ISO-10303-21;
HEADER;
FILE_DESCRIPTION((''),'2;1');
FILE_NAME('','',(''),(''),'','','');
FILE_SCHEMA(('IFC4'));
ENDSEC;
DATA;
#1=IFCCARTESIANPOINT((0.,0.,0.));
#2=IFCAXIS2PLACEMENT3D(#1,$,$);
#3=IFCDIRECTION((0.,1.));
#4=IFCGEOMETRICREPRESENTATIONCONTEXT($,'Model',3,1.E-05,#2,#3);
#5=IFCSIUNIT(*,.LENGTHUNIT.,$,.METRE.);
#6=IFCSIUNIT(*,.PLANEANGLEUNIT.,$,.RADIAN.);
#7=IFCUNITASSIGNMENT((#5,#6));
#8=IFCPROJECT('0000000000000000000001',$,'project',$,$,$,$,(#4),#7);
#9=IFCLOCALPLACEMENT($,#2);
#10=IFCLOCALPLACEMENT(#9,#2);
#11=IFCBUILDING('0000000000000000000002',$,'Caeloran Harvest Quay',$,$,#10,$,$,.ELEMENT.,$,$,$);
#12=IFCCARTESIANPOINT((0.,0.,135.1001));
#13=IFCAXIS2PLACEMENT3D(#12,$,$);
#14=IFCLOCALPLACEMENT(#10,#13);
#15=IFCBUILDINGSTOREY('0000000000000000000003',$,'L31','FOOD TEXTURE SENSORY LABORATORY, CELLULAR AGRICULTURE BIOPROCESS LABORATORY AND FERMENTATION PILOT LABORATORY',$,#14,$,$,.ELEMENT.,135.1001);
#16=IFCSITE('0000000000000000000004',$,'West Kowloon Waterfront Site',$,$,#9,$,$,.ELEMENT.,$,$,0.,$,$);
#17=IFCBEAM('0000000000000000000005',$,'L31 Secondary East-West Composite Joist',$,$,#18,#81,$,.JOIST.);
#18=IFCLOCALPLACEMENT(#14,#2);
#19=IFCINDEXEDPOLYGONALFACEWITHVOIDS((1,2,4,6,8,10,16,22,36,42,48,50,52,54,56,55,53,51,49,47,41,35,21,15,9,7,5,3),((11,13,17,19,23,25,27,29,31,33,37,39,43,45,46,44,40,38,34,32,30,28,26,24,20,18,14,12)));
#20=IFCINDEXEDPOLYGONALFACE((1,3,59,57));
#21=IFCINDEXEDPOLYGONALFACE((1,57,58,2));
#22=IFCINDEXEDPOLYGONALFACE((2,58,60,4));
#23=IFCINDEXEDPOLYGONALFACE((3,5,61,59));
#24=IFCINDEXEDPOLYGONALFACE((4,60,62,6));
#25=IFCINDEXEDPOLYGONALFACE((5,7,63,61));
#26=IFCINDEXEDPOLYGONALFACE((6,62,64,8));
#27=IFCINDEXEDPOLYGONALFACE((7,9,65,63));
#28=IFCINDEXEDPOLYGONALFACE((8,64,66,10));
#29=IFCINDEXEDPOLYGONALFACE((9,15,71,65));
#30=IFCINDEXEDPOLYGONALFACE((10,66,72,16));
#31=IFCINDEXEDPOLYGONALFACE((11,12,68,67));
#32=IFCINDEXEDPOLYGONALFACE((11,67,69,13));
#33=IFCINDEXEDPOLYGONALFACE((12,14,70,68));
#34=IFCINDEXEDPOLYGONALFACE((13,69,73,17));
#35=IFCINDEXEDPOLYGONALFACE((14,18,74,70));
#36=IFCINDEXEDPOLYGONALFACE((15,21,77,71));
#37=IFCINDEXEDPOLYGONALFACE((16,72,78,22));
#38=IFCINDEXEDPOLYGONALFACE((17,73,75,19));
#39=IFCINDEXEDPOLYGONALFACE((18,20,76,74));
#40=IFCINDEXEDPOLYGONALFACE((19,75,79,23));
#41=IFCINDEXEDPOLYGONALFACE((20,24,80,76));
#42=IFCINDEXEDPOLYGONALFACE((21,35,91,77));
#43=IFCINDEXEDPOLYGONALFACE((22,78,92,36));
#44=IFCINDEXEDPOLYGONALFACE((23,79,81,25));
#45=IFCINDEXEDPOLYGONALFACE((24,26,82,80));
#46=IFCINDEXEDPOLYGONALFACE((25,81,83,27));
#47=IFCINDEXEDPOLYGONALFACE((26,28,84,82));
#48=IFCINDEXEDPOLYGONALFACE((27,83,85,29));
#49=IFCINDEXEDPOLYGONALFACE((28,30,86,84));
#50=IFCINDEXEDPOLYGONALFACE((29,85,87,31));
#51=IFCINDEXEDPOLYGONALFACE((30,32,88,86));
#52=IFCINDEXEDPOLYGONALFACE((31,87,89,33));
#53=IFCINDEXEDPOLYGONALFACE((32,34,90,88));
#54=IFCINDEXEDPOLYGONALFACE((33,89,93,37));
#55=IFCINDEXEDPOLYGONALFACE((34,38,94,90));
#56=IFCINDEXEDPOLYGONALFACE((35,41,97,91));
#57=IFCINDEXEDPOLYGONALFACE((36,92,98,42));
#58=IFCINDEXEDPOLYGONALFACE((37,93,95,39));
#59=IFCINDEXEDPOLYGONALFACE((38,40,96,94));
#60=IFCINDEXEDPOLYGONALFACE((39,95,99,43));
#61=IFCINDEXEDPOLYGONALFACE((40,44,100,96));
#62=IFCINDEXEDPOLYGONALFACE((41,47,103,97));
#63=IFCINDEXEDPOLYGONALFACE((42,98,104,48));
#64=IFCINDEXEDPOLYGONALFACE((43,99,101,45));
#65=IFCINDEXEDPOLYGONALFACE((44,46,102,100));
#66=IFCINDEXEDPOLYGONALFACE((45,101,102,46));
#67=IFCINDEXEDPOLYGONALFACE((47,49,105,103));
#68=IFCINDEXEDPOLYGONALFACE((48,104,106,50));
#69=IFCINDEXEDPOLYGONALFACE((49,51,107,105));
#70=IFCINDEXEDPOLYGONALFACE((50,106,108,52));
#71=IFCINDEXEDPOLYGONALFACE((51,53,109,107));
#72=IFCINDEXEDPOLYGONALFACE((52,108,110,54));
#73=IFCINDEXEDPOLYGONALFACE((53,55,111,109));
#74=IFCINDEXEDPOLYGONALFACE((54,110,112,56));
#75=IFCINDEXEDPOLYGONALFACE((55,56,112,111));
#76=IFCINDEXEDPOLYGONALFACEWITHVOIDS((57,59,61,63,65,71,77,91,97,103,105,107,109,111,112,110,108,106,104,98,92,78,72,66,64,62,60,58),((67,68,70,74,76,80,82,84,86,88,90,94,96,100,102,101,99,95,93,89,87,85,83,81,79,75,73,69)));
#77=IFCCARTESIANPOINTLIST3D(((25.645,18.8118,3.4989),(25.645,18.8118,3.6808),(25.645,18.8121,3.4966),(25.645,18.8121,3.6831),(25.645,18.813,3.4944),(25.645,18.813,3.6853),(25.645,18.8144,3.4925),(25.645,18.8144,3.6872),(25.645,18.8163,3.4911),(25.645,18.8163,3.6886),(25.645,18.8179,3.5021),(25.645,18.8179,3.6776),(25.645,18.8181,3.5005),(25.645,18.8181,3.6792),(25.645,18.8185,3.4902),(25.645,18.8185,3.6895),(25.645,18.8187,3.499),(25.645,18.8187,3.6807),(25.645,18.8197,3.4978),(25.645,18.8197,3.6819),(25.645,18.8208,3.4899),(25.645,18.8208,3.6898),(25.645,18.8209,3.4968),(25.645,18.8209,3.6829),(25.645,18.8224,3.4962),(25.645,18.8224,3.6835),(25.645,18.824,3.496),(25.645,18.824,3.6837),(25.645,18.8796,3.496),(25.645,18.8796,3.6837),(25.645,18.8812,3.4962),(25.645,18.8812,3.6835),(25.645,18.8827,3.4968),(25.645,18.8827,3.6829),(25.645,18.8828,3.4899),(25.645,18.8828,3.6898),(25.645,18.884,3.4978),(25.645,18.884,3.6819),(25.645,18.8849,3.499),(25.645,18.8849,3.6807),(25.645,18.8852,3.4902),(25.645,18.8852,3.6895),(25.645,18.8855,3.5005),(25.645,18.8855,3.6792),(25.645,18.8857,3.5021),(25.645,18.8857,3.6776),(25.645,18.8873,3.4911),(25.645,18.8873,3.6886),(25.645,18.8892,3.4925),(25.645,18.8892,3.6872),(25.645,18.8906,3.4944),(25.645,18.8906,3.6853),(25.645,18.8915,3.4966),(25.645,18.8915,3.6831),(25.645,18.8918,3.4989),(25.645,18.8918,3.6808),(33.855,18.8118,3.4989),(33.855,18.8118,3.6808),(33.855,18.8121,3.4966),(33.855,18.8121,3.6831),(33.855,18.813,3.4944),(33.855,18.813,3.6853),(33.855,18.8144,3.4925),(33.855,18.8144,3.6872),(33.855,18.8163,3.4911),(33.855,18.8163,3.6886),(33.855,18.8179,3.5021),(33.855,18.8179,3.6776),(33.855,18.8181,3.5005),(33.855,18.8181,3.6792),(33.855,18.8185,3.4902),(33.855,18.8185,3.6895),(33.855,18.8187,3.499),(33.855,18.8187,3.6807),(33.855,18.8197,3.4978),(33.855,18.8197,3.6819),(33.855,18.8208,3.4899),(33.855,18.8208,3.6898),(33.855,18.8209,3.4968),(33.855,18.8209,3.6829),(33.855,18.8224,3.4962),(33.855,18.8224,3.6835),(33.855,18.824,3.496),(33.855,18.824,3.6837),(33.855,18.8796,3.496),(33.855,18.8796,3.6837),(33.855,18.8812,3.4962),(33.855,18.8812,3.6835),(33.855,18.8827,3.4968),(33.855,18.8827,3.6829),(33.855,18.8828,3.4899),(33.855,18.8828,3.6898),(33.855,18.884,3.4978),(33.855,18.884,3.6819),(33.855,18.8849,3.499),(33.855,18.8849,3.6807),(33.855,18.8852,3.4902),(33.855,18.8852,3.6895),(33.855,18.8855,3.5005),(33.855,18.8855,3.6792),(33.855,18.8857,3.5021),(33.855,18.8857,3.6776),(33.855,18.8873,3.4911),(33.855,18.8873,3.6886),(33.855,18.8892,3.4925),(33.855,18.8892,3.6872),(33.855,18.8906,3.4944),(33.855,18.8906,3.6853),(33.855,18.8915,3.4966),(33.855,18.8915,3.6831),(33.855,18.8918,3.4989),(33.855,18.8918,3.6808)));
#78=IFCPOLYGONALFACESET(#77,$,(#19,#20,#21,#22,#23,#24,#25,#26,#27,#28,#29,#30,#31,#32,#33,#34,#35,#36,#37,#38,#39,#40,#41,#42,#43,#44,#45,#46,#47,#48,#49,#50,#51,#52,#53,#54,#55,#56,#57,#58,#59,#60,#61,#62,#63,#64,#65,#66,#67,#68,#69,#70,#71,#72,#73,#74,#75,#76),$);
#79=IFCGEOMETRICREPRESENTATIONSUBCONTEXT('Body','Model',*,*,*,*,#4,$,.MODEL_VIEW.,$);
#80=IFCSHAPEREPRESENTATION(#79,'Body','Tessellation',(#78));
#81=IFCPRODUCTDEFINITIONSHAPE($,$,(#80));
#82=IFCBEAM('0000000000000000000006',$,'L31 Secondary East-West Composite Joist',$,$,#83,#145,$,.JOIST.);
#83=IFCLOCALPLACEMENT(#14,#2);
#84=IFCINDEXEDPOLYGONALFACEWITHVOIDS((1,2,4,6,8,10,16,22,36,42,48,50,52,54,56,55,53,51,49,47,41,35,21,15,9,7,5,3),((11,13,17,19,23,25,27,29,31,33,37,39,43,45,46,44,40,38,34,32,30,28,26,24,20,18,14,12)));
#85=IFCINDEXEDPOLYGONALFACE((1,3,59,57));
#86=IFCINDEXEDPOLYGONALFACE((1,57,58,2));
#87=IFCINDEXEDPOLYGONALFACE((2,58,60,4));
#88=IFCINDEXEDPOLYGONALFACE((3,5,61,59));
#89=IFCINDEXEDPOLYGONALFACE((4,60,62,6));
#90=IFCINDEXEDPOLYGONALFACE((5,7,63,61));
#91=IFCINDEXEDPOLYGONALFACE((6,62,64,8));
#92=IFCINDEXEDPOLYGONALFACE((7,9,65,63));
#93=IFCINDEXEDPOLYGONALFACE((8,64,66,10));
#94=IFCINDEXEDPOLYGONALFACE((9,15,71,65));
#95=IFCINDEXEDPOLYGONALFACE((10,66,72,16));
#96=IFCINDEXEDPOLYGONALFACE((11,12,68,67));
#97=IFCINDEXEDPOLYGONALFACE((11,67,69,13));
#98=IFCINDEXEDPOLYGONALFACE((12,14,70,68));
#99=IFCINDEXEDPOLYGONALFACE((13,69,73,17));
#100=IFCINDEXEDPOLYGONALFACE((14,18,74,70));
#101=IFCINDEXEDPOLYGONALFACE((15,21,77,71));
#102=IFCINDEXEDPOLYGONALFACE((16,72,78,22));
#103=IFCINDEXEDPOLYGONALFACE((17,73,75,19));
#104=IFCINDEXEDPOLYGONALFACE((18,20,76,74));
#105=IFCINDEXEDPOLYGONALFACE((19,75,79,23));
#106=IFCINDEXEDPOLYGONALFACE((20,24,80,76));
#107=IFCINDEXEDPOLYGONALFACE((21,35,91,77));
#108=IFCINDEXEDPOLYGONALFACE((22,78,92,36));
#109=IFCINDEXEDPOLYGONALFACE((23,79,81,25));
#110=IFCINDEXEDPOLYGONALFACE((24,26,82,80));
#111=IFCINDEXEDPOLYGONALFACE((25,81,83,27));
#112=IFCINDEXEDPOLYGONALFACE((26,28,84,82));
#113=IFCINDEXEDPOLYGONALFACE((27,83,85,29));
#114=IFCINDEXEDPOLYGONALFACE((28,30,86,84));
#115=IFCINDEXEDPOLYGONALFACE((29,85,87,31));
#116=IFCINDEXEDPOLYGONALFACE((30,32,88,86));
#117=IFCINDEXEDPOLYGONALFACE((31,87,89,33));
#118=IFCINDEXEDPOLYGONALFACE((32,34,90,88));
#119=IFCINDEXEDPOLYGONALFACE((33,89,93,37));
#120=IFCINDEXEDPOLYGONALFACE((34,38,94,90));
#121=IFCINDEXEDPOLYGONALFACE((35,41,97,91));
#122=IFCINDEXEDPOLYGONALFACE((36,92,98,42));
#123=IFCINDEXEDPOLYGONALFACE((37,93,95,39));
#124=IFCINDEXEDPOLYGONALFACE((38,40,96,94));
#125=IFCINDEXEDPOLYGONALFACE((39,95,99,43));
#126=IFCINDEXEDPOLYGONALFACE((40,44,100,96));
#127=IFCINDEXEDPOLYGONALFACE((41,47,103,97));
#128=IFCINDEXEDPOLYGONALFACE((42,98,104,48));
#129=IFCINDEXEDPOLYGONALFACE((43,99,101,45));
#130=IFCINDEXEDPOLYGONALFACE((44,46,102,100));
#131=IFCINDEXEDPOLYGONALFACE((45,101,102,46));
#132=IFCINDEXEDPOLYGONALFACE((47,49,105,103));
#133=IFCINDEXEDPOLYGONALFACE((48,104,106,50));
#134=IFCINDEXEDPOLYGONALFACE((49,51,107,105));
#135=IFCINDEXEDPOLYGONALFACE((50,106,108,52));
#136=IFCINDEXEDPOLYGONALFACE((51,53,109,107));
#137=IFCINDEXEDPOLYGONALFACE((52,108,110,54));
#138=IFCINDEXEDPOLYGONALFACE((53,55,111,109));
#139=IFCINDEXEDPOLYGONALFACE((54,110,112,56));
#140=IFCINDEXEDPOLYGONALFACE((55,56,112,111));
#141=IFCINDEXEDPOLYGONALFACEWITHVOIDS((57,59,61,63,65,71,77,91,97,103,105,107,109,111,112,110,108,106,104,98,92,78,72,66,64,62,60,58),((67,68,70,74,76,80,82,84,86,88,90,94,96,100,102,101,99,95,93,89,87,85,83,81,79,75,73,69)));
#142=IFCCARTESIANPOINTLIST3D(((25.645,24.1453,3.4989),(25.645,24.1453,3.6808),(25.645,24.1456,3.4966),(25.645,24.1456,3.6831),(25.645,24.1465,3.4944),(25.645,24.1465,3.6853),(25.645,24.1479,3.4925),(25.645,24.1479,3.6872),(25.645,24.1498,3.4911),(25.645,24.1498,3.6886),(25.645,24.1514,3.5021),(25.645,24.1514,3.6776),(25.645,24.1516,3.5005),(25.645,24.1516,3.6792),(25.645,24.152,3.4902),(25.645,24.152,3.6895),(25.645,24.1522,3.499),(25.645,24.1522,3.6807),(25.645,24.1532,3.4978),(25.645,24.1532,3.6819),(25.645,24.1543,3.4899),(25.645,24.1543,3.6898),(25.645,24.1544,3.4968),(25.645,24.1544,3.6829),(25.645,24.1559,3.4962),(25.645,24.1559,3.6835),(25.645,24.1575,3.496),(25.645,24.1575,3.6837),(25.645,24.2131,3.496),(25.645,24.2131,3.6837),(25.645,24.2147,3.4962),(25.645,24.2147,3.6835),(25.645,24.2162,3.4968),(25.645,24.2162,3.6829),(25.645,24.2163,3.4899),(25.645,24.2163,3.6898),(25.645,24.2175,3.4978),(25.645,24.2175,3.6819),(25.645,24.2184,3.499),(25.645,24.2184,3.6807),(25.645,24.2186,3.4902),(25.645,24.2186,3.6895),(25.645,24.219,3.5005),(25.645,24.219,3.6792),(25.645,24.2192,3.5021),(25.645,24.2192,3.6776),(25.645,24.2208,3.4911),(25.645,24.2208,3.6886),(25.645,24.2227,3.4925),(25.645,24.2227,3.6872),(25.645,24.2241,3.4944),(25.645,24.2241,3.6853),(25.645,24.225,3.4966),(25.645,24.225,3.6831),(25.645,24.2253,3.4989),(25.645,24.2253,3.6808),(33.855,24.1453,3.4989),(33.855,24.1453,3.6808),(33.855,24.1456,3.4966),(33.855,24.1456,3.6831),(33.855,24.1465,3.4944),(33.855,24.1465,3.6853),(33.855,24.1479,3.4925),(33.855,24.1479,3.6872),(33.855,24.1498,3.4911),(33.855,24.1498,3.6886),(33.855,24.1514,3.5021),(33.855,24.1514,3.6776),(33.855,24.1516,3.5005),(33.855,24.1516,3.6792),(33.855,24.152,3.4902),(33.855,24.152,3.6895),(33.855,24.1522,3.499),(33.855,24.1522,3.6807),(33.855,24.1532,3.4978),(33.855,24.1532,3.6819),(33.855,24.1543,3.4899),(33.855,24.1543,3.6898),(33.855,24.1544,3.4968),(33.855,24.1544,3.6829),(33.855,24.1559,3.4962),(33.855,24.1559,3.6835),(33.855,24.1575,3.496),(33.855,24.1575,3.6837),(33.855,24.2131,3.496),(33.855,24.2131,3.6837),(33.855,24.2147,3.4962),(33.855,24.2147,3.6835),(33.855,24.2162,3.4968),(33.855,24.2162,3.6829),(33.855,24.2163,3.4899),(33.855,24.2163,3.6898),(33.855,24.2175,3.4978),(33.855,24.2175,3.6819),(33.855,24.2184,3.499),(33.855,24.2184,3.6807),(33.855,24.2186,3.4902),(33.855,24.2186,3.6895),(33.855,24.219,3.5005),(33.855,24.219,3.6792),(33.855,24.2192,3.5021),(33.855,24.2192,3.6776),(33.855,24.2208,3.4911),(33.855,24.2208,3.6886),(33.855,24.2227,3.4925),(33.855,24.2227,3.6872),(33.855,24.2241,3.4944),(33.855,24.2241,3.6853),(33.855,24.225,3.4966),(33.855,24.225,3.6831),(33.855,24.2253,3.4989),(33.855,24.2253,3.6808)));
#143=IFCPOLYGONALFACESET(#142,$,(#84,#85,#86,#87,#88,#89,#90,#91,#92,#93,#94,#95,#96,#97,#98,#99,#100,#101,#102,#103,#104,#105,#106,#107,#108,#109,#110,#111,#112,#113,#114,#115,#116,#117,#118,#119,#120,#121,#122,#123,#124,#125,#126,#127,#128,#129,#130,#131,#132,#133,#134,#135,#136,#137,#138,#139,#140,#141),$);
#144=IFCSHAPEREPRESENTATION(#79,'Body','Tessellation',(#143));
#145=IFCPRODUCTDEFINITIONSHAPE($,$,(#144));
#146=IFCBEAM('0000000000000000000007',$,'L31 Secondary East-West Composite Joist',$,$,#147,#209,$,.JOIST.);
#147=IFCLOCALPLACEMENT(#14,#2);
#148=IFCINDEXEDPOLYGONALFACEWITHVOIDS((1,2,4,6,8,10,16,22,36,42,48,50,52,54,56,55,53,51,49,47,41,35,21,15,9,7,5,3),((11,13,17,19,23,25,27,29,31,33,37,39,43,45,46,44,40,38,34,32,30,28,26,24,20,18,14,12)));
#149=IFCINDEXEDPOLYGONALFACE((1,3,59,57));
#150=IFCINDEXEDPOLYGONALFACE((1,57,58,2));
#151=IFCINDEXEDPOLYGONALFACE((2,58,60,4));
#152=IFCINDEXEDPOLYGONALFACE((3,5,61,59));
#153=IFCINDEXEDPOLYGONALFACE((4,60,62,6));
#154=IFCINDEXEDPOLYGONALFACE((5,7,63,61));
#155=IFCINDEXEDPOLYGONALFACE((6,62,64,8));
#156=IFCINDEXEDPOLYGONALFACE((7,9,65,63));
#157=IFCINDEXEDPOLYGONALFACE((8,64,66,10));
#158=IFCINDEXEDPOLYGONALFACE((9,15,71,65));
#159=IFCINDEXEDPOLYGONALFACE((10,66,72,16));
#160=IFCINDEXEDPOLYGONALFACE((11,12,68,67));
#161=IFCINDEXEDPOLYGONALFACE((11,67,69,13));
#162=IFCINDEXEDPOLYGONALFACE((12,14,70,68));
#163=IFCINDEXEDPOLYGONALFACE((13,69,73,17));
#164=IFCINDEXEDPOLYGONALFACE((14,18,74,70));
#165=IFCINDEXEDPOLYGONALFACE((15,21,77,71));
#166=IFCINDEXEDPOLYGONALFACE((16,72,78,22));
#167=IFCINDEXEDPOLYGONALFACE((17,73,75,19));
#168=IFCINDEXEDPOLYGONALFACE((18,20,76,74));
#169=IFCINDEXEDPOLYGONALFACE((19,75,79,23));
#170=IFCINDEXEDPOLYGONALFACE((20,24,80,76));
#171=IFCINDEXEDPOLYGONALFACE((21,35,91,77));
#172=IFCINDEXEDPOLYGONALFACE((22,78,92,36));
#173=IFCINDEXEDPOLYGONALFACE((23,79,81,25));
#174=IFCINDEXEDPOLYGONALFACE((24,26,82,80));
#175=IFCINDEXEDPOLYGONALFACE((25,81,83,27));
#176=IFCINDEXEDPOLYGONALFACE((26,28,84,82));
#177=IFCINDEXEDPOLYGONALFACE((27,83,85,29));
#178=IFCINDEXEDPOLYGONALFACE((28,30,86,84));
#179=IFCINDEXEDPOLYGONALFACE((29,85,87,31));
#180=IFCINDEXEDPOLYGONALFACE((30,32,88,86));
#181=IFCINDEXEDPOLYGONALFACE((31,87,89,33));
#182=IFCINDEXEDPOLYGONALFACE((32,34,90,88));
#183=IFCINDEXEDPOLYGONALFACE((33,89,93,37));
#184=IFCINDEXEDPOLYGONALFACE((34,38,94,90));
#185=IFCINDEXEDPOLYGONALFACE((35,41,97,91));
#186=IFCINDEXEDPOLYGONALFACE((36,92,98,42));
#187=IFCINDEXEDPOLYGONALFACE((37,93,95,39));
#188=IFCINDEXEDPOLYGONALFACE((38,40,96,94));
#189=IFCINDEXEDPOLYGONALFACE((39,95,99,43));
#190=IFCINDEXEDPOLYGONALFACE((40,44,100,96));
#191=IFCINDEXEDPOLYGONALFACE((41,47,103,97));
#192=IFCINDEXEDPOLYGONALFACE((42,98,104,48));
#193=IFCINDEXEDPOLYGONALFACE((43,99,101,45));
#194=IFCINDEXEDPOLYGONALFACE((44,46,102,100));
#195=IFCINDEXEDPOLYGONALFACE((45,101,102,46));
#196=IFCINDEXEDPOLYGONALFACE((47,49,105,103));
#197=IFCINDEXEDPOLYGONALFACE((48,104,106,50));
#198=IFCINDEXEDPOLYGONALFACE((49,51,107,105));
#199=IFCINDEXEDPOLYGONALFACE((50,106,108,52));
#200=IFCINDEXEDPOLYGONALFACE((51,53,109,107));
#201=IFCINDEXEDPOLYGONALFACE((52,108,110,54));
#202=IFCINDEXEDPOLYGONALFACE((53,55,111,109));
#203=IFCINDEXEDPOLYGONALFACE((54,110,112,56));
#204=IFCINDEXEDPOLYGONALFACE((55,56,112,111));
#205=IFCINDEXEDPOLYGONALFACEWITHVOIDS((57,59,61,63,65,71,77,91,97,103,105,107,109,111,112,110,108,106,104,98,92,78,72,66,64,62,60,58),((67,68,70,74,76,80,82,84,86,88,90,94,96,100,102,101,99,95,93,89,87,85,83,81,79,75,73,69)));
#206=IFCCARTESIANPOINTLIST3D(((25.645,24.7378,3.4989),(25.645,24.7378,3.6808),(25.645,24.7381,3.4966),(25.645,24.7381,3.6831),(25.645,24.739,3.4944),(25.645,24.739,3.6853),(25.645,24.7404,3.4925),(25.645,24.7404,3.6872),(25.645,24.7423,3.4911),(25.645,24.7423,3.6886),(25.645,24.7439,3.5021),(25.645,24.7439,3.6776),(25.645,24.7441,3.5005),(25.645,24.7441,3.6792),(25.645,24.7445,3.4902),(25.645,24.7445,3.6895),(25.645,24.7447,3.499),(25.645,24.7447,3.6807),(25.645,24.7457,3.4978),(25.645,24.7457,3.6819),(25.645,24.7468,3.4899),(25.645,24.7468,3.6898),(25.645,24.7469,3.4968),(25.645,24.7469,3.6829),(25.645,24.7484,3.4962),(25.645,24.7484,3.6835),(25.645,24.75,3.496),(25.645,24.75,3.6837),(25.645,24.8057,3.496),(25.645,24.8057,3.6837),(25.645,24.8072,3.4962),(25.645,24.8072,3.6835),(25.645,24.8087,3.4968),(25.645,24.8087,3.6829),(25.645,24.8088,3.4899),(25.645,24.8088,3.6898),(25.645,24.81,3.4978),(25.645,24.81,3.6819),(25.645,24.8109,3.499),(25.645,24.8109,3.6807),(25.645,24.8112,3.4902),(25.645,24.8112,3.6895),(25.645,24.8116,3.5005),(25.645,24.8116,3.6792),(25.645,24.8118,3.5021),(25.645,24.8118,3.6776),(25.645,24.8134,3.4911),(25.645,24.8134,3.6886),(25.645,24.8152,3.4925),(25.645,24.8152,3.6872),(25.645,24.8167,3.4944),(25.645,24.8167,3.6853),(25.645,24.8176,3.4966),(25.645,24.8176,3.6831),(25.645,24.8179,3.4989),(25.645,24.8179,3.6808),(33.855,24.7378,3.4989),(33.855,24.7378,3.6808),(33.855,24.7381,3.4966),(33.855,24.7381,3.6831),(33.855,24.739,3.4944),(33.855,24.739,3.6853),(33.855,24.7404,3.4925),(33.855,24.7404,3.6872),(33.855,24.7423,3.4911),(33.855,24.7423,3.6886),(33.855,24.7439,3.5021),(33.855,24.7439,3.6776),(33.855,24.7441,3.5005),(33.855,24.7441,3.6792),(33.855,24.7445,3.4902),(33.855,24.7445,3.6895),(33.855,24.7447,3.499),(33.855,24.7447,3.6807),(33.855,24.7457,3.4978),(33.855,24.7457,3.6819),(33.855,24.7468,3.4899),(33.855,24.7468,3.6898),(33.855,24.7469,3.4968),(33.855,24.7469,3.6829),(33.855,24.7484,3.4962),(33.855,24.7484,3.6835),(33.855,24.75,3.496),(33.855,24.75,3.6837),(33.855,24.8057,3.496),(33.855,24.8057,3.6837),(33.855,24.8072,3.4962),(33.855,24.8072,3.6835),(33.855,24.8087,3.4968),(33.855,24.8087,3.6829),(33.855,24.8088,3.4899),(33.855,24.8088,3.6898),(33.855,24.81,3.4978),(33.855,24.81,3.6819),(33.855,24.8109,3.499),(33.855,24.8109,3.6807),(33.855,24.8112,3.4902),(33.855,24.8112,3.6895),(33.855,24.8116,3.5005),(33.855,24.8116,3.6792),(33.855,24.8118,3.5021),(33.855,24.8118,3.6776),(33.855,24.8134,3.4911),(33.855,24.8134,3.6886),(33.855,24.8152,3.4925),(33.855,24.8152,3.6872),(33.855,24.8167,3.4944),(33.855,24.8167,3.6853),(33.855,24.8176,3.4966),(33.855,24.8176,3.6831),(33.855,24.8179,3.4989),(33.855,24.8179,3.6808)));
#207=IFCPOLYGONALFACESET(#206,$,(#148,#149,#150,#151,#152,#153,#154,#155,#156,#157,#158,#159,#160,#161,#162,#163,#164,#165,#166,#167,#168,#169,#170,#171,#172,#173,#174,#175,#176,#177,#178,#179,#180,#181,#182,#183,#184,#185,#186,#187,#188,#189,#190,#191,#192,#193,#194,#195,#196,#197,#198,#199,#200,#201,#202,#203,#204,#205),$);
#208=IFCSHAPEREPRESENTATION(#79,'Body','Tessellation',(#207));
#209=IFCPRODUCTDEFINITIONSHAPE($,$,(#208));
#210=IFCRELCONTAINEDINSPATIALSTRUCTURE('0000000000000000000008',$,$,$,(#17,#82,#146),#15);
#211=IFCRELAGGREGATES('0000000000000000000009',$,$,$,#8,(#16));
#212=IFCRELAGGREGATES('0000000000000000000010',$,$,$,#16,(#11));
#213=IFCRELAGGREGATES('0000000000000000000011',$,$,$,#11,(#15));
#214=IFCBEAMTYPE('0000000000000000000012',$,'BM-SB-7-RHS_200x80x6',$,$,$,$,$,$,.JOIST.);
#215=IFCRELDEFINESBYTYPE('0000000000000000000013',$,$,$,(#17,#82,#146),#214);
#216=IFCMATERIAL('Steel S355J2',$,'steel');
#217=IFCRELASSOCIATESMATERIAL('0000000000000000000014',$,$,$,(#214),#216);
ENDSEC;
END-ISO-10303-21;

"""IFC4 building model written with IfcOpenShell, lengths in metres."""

from ifc_helpers import new_model, si_unit, direction, frame, origin, origin_2d, place, context, subcontext, project, spatial, hollow_rectangle, extrude, material, material_profile, profile_set, type_object, element, save


model = new_model("IFC4")

# Units and contexts
model_context = context("Model", 3, precision=1e-05, world=origin(), true_north=direction((0.0, 1.0)))
body_context = subcontext(model_context, "Body", "Model", "MODEL_VIEW")
ifc_project = project(units=[si_unit("LENGTHUNIT", "METRE"), si_unit("PLANEANGLEUNIT", "RADIAN")], contexts=[model_context])

# Site, building, storey
site_placement = place(None, origin())
site = spatial("IfcSite", under=ifc_project, at=site_placement, Name="West Kowloon Waterfront Site", CompositionType="ELEMENT", RefElevation=0.0)
building_placement = place(site_placement, origin())
building = spatial("IfcBuilding", under=site, at=building_placement, Name="Caeloran Harvest Quay", CompositionType="ELEMENT")
storey_placement = place(building_placement, frame((0.0, 0.0, 135.1001)))
storey = spatial("IfcBuildingStorey", under=building, at=storey_placement, Name="L31", Description="FOOD TEXTURE SENSORY LABORATORY, CELLULAR AGRICULTURE BIOPROCESS LABORATORY AND FERMENTATION PILOT LABORATORY", CompositionType="ELEMENT", Elevation=135.1001)

# Beams
ifc_material_1 = material(Name="Steel S355J2", Category="steel")
ifc_material_profile_1 = material_profile(ifc_material_1, hollow_rectangle(XDim=0.0801, YDim=0.2, WallThickness=0.0061, InnerFilletRadius=0.0061, OuterFilletRadius=0.009, at=origin_2d()), Name="RHS 200x80x6")
ifc_profile_set_1 = profile_set([ifc_material_profile_1], Name="Steel S355J2")
beam_type_1 = type_object("IfcBeamType", Name="BM-SB-7-RHS_200x80x6", PredefinedType="JOIST", material=ifc_profile_set_1)
for number, where, z_axis, x_axis, name in (
    (1, (25.645, 18.8518, 3.5898), (1.0, 0.0, 0.0), (0.0, 1.0, 0.0), "L31 Secondary East-West Composite Joist"),
    (2, (25.645, 24.1853, 3.5898), (1.0, 0.0, 0.0), (0.0, 1.0, 0.0), "L31 Secondary East-West Composite Joist"),
    (3, (25.645, 24.7778, 3.5898), (1.0, 0.0, 0.0), (0.0, 1.0, 0.0), "L31 Secondary East-West Composite Joist"),
):
    element("IfcBeam", number, at=place(storey_placement, frame(where, z_axis=z_axis, x_axis=x_axis)), inside=storey, type_object=beam_type_1, Name=name, PredefinedType="JOIST", context=body_context, shape_type="SweptSolid", body=[
        extrude(hollow_rectangle(XDim=0.0801, YDim=0.2, WallThickness=0.0061, InnerFilletRadius=0.0061, OuterFilletRadius=0.009, at=origin_2d()), origin(), (0.0, 0.0, 1.0), 8.21),
    ])

save(model, "model.ifc")
